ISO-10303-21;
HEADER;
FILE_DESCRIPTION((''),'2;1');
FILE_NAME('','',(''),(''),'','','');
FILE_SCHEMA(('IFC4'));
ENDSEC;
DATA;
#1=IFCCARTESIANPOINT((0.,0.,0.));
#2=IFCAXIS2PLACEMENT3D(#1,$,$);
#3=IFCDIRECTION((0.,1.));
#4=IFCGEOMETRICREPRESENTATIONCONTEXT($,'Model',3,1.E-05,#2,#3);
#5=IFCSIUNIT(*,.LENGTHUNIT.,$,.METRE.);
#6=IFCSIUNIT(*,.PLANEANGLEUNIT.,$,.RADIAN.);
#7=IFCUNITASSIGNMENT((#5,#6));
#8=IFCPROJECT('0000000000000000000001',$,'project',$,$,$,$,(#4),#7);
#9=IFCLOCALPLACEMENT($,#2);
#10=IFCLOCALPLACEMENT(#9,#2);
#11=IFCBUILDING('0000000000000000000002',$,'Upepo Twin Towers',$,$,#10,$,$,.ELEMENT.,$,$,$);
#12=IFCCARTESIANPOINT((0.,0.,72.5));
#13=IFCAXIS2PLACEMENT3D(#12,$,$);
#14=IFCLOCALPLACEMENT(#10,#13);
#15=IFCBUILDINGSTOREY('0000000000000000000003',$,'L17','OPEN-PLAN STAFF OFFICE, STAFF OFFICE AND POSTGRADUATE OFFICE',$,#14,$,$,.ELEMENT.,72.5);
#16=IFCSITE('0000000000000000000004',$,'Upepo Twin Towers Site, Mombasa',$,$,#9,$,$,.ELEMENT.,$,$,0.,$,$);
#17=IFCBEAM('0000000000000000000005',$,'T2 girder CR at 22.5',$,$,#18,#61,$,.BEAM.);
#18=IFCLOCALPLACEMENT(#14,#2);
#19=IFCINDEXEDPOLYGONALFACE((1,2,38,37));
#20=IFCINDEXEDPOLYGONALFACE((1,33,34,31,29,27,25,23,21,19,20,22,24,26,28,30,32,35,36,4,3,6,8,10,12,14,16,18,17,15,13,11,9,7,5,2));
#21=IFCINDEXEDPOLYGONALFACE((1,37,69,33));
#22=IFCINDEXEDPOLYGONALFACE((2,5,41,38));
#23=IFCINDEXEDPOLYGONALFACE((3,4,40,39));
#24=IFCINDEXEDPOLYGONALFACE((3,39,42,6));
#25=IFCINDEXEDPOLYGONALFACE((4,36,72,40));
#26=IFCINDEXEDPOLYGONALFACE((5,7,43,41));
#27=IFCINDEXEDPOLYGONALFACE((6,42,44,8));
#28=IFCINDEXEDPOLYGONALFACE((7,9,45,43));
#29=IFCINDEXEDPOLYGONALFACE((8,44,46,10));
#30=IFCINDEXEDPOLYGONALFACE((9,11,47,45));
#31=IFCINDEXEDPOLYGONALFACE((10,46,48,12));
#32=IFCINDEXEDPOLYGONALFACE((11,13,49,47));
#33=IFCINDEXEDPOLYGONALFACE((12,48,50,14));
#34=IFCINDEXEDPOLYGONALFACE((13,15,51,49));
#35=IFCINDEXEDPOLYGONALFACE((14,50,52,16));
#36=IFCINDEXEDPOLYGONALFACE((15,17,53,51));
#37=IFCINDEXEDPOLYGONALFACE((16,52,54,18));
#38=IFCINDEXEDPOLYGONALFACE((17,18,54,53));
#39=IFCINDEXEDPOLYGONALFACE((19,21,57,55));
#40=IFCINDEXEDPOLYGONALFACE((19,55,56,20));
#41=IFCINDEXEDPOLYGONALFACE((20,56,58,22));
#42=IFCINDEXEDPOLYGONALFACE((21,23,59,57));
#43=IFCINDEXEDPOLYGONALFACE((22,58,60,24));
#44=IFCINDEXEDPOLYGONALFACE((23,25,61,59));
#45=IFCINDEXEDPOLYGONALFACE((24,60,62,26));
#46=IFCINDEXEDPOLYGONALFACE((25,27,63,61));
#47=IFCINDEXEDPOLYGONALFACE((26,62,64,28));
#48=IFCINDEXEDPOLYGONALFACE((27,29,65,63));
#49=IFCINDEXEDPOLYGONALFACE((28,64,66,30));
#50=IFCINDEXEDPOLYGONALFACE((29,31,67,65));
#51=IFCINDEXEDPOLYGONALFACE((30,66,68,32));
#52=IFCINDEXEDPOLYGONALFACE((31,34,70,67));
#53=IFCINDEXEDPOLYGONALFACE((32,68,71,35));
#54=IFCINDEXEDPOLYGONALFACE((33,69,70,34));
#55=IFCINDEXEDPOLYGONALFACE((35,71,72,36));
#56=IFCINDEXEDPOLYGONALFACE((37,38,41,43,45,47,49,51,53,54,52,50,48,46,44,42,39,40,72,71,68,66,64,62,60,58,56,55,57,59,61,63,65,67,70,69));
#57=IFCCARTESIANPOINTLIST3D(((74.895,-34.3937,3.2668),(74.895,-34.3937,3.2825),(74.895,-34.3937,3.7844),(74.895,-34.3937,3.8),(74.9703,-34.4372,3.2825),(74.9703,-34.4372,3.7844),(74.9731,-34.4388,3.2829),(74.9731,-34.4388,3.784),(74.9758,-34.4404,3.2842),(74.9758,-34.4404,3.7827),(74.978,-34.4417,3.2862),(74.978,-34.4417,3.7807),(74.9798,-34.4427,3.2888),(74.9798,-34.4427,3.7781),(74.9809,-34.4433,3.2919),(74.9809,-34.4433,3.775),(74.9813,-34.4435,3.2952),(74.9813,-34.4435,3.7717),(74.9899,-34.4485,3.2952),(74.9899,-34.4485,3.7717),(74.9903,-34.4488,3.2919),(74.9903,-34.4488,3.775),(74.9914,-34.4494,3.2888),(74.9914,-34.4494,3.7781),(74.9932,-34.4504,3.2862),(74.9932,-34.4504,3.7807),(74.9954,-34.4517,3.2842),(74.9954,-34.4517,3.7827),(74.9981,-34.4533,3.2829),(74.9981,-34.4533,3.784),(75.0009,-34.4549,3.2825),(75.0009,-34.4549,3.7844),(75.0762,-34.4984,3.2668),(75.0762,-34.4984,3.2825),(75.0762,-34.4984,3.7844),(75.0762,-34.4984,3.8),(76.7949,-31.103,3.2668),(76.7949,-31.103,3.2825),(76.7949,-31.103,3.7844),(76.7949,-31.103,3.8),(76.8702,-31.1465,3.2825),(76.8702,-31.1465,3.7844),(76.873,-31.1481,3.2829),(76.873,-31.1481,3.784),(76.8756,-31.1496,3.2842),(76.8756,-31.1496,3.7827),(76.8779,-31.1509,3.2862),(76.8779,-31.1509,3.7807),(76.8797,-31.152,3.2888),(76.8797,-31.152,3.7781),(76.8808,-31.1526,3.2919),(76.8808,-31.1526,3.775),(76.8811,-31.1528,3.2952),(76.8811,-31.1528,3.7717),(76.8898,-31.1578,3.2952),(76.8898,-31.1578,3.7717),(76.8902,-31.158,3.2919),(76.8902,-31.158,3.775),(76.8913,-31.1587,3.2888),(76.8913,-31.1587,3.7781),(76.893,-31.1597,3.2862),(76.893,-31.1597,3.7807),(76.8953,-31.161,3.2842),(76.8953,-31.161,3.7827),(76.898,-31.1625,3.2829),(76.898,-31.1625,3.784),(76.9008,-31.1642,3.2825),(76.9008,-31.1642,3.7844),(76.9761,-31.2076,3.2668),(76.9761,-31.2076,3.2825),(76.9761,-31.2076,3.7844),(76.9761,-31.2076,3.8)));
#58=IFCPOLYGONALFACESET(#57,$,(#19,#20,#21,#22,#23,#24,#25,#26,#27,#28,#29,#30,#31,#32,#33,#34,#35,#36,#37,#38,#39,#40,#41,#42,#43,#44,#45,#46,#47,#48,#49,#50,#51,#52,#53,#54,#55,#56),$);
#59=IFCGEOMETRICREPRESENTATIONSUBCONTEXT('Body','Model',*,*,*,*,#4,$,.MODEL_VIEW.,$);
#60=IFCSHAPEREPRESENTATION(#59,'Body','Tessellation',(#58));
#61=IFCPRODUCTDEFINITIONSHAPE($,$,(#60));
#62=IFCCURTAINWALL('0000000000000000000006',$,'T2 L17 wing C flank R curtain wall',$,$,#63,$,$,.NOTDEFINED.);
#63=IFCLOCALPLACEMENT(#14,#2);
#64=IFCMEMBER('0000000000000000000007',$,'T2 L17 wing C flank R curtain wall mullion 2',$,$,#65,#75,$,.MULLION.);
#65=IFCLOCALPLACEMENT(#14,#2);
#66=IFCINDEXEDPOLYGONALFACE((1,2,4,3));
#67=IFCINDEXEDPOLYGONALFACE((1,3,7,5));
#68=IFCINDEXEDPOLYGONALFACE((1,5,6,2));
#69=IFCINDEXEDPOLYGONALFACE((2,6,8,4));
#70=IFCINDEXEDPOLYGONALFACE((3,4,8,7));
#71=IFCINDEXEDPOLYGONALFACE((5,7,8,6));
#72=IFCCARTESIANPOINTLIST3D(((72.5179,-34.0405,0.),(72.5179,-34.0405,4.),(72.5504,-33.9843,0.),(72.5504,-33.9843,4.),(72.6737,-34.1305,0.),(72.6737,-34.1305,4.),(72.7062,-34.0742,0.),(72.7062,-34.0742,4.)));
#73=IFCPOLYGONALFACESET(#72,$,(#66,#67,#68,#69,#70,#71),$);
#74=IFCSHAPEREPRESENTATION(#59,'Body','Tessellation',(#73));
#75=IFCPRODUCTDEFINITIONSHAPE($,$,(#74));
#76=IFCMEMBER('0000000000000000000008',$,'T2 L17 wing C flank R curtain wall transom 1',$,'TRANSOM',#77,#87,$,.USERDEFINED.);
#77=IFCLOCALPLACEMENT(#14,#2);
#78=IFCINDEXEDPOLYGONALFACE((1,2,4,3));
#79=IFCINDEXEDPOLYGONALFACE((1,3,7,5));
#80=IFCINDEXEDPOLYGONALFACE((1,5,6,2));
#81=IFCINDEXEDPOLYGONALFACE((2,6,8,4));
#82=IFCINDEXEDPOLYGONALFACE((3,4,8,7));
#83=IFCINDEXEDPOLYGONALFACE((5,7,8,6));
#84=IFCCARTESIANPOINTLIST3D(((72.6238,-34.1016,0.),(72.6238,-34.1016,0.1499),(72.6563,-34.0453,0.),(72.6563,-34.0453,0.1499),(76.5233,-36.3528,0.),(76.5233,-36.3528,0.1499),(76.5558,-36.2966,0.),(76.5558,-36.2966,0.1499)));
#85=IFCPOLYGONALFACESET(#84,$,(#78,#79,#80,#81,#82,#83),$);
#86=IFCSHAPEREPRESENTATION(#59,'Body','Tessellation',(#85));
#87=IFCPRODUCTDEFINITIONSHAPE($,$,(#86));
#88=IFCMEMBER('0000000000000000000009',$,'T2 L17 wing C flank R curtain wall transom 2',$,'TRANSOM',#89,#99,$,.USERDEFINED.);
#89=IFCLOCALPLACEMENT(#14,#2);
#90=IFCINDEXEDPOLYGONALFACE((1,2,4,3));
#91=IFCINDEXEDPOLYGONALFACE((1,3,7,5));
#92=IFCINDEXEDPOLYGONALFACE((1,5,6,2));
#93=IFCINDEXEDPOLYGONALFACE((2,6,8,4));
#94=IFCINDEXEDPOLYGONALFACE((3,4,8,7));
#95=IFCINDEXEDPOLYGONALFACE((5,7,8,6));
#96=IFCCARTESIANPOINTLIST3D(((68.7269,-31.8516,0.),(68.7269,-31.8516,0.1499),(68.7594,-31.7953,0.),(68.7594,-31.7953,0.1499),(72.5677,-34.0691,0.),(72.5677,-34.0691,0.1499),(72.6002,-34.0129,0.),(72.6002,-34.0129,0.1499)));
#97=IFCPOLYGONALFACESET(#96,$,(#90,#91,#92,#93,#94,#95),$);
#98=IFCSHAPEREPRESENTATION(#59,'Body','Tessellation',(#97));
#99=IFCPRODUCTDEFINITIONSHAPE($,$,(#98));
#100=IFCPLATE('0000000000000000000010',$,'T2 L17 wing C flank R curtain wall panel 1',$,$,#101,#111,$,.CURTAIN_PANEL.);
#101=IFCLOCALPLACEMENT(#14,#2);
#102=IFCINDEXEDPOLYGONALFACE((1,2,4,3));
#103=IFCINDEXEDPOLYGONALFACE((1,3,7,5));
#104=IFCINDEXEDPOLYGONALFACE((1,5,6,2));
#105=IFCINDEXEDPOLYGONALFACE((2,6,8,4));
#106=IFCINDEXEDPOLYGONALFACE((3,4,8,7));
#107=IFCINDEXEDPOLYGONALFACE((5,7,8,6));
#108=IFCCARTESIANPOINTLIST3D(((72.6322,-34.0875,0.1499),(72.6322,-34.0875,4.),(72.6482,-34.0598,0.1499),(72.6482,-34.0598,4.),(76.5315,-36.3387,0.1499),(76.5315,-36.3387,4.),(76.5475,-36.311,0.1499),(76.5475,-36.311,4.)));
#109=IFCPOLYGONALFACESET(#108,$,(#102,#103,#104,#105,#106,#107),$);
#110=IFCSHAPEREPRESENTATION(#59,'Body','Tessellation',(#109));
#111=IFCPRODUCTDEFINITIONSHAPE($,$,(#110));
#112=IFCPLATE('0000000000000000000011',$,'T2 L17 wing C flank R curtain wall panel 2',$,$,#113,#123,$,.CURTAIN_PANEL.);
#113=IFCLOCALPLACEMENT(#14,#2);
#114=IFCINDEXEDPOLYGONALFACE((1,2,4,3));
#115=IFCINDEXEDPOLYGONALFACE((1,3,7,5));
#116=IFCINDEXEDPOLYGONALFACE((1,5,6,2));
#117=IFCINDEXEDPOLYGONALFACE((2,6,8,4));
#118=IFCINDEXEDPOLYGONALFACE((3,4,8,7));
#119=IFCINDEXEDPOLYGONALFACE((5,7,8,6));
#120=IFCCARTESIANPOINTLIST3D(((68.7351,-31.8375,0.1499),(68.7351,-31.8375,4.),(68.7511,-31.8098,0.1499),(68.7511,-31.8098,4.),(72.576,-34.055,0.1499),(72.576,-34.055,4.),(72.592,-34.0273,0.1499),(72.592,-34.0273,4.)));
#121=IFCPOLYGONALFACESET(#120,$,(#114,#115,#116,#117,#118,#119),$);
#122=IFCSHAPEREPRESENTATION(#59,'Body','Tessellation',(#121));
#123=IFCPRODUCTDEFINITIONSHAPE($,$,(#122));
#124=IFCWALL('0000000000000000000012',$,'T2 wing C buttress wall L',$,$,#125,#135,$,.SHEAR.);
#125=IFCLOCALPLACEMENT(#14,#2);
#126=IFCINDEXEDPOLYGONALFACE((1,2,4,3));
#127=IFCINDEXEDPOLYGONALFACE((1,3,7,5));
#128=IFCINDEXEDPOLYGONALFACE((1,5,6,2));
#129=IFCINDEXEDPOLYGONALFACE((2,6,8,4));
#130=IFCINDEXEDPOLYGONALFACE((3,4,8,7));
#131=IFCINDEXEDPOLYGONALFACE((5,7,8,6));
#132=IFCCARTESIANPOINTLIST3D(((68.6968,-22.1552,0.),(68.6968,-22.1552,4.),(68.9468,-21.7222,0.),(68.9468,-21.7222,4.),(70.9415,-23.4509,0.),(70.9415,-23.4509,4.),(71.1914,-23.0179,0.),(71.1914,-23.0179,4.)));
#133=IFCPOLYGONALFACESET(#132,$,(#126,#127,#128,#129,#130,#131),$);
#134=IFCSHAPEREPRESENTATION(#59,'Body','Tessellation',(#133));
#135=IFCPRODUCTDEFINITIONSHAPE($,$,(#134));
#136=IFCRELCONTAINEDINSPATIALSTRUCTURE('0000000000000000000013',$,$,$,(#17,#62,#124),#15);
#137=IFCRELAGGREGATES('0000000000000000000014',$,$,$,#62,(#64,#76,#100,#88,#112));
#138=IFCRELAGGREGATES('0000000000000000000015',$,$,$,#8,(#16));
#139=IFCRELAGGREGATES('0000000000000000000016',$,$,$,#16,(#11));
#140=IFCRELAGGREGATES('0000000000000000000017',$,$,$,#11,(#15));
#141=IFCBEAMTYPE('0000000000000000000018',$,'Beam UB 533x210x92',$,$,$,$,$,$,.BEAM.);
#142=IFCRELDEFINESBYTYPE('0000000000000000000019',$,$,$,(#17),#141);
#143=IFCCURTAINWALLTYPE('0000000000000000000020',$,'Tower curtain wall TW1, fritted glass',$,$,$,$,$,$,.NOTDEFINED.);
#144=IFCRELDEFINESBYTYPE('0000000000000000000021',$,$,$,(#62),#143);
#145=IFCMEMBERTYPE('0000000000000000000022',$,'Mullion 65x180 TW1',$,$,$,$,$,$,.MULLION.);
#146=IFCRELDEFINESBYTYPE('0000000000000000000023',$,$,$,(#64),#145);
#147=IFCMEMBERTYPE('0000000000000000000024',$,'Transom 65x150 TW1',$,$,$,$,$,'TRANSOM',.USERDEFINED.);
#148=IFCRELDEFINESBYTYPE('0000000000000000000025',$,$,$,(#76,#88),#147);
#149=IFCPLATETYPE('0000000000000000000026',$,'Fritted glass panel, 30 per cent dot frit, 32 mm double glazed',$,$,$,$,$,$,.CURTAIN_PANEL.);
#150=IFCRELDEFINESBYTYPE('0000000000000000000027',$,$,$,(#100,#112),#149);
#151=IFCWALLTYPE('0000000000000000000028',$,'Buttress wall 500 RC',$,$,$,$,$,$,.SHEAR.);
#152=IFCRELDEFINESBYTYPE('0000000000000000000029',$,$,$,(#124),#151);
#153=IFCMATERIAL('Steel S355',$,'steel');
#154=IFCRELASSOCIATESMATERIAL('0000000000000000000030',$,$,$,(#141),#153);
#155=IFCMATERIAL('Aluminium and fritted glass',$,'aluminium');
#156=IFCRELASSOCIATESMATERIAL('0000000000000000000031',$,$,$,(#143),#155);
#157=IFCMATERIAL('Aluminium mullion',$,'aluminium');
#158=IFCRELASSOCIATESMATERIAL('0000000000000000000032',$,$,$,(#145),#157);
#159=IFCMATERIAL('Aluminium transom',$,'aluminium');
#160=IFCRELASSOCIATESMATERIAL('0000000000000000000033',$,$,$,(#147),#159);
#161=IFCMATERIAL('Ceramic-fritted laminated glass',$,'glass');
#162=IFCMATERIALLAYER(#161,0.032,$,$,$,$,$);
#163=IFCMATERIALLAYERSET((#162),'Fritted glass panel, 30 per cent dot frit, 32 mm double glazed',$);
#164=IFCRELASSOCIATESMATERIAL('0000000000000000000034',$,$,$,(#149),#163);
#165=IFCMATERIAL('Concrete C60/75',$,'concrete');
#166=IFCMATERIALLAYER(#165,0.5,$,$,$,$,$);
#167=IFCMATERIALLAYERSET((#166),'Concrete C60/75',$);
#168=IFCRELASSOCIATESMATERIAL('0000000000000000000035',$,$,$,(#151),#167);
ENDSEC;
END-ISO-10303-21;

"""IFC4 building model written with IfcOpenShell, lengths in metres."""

from ifc_helpers import new_model, si_unit, direction, frame, frame_2d, origin, origin_2d, place, context, subcontext, project, spatial, rectangle, i_section, extrude, material, layer, layer_set, material_profile, profile_set, type_object, element, aggregate, save


model = new_model("IFC4")

# Units and contexts
model_context = context("Model", 3, precision=1e-05, world=origin(), true_north=direction((0.0, 1.0)))
body_context = subcontext(model_context, "Body", "Model", "MODEL_VIEW")
ifc_project = project(units=[si_unit("LENGTHUNIT", "METRE"), si_unit("PLANEANGLEUNIT", "RADIAN")], contexts=[model_context])

# Site, building, storey
site_placement = place(None, origin())
site = spatial("IfcSite", under=ifc_project, at=site_placement, Name="Upepo Twin Towers Site, Mombasa", CompositionType="ELEMENT", RefElevation=0.0)
building_placement = place(site_placement, origin())
building = spatial("IfcBuilding", under=site, at=building_placement, Name="Upepo Twin Towers", CompositionType="ELEMENT")
storey_placement = place(building_placement, frame((0.0, 0.0, 72.5)))
storey = spatial("IfcBuildingStorey", under=building, at=storey_placement, Name="L17", Description="OPEN-PLAN STAFF OFFICE, STAFF OFFICE AND POSTGRADUATE OFFICE", CompositionType="ELEMENT", Elevation=72.5)

# Beam
ifc_material_1 = material(Name="Steel S355", Category="steel")
ifc_material_profile_1 = material_profile(ifc_material_1, i_section(OverallWidth=0.2092, OverallDepth=0.5332, WebThickness=0.01, FlangeThickness=0.0156, FilletRadius=0.0127, at=origin_2d()), Name="UB 533x210x92")
ifc_profile_set_1 = profile_set([ifc_material_profile_1], Name="Steel S355")
beam_type_1 = type_object("IfcBeamType", Name="Beam UB 533x210x92", PredefinedType="BEAM", material=ifc_profile_set_1)
beam_1_placement = place(storey_placement, frame((74.9856, -34.446, 3.5334), z_axis=(0.499995, 0.866028, 0.0), x_axis=(-0.866028, 0.499995, 0.0)))
element("IfcBeam", 1, at=beam_1_placement, inside=storey, type_object=beam_type_1, Name="T2 girder CR at 22.5", PredefinedType="BEAM", context=body_context, shape_type="SweptSolid", body=[
    extrude(i_section(OverallWidth=0.2092, OverallDepth=0.5332, WebThickness=0.01, FlangeThickness=0.0156, FilletRadius=0.0127, at=origin_2d()), origin(), (0.0, 0.0, 1.0), 3.7998),
])

# Curtain wall, members, plates
ifc_material_2 = material(Name="Aluminium and fritted glass", Category="aluminium")
curtain_wall_type = type_object("IfcCurtainWallType", Name="Tower curtain wall TW1, fritted glass", PredefinedType="NOTDEFINED", material=ifc_material_2)
curtain_wall_placement = place(storey_placement, origin())
curtain_wall = element("IfcCurtainWall", 2, at=curtain_wall_placement, inside=storey, type_object=curtain_wall_type, Name="T2 L17 wing C flank R curtain wall", PredefinedType="NOTDEFINED")
ifc_material_3 = material(Name="Aluminium mullion", Category="aluminium")
ifc_material_profile_2 = material_profile(ifc_material_3, rectangle(XDim=0.0649, YDim=0.1799, at=origin_2d()), Name="MULLION 65x180")
ifc_profile_set_2 = profile_set([ifc_material_profile_2], Name="Aluminium mullion")
member_type_1 = type_object("IfcMemberType", Name="Mullion 65x180 TW1", PredefinedType="MULLION", material=ifc_profile_set_2)
member_1_placement = place(storey_placement, frame((72.6121, -34.0574, 0.0), z_axis=(0.0, 0.0, 1.0), x_axis=(-0.5, -0.866025, 0.0)))
member_1 = element("IfcMember", 3, at=member_1_placement, type_object=member_type_1, Name="T2 L17 wing C flank R curtain wall mullion 2", PredefinedType="MULLION", context=body_context, shape_type="SweptSolid", body=[
    extrude(rectangle(XDim=0.0649, YDim=0.1799, at=origin_2d()), origin(), (0.0, 0.0, 1.0), 4.0),
])
ifc_material_4 = material(Name="Aluminium transom", Category="aluminium")
ifc_material_profile_3 = material_profile(ifc_material_4, rectangle(XDim=0.0649, YDim=0.1499, at=origin_2d()), Name="TRANSOM 65x150")
ifc_profile_set_3 = profile_set([ifc_material_profile_3], Name="Aluminium transom")
member_type_2 = type_object("IfcMemberType", Name="Transom 65x150 TW1", ElementType="TRANSOM", PredefinedType="USERDEFINED", material=ifc_profile_set_3)
member_2_placement = place(storey_placement, frame((76.5396, -36.3247, 0.075), z_axis=(-0.866036, 0.499982, 0.0), x_axis=(-0.499982, -0.866036, 0.0)))
member_2 = element("IfcMember", 4, at=member_2_placement, type_object=member_type_2, Name="T2 L17 wing C flank R curtain wall transom 1", ObjectType="TRANSOM", PredefinedType="USERDEFINED", context=body_context, shape_type="SweptSolid", body=[
    extrude(rectangle(XDim=0.0649, YDim=0.1499, at=origin_2d()), origin(), (0.0, 0.0, 1.0), 4.5027),
])
member_3_placement = place(storey_placement, frame((72.584, -34.041, 0.075), z_axis=(-0.866022, 0.500005, 0.0), x_axis=(-0.500005, -0.866022, 0.0)))
member_3 = element("IfcMember", 5, at=member_3_placement, type_object=member_type_2, Name="T2 L17 wing C flank R curtain wall transom 2", ObjectType="TRANSOM", PredefinedType="USERDEFINED", context=body_context, shape_type="SweptSolid", body=[
    extrude(rectangle(XDim=0.0649, YDim=0.1499, at=origin_2d()), origin(), (0.0, 0.0, 1.0), 4.4351),
])
ifc_material_5 = material(Name="Ceramic-fritted laminated glass", Category="glass")
ifc_layer_1 = layer(ifc_material_5, 0.032)
ifc_layer_set_1 = layer_set([ifc_layer_1], Name="Fritted glass panel, 30 per cent dot frit, 32 mm double glazed")
plate_type = type_object("IfcPlateType", Name="Fritted glass panel, 30 per cent dot frit, 32 mm double glazed", PredefinedType="CURTAIN_PANEL", material=ifc_layer_set_1)
plate_1_placement = place(storey_placement, frame((74.5898, -35.1992, 0.1499), z_axis=(0.0, 0.0, 1.0), x_axis=(-0.866025, 0.5, 0.0)))
plate_1 = element("IfcPlate", 6, at=plate_1_placement, type_object=plate_type, Name="T2 L17 wing C flank R curtain wall panel 1", PredefinedType="CURTAIN_PANEL", context=body_context, shape_type="SweptSolid", body=[
    extrude(rectangle(XDim=4.5024, YDim=0.032, at=origin_2d()), origin(), (0.0, 0.0, 1.0), 3.8501),
])
plate_2_placement = place(storey_placement, frame((70.6636, -32.9324, 0.1499), z_axis=(0.0, 0.0, 1.0), x_axis=(-0.866025, 0.5, 0.0)))
plate_2 = element("IfcPlate", 7, at=plate_2_placement, type_object=plate_type, Name="T2 L17 wing C flank R curtain wall panel 2", PredefinedType="CURTAIN_PANEL", context=body_context, shape_type="SweptSolid", body=[
    extrude(rectangle(XDim=4.4351, YDim=0.032, at=origin_2d()), origin(), (0.0, 0.0, 1.0), 3.8501),
])
aggregate(curtain_wall, [member_1, member_2, plate_1, member_3, plate_2])

# Wall
ifc_material_6 = material(Name="Concrete C60/75", Category="concrete")
ifc_layer_2 = layer(ifc_material_6, 0.5)
ifc_layer_set_2 = layer_set([ifc_layer_2], Name="Concrete C60/75")
wall_type_1 = type_object("IfcWallType", Name="Buttress wall 500 RC", PredefinedType="SHEAR", material=ifc_layer_set_2)
wall_1_placement = place(storey_placement, frame((68.8218, -21.9387, 0.0), z_axis=(0.0, 0.0, 1.0), x_axis=(0.866073, -0.499918, 0.0)))
element("IfcWall", 8, at=wall_1_placement, inside=storey, type_object=wall_type_1, Name="T2 wing C buttress wall L", PredefinedType="SHEAR", context=body_context, shape_type="SweptSolid", body=[
    extrude(rectangle(XDim=2.5918, YDim=0.5, at=frame_2d((1.2959, 0.0))), origin(), (0.0, 0.0, 1.0), 4.0),
])

save(model, "model.ifc")
